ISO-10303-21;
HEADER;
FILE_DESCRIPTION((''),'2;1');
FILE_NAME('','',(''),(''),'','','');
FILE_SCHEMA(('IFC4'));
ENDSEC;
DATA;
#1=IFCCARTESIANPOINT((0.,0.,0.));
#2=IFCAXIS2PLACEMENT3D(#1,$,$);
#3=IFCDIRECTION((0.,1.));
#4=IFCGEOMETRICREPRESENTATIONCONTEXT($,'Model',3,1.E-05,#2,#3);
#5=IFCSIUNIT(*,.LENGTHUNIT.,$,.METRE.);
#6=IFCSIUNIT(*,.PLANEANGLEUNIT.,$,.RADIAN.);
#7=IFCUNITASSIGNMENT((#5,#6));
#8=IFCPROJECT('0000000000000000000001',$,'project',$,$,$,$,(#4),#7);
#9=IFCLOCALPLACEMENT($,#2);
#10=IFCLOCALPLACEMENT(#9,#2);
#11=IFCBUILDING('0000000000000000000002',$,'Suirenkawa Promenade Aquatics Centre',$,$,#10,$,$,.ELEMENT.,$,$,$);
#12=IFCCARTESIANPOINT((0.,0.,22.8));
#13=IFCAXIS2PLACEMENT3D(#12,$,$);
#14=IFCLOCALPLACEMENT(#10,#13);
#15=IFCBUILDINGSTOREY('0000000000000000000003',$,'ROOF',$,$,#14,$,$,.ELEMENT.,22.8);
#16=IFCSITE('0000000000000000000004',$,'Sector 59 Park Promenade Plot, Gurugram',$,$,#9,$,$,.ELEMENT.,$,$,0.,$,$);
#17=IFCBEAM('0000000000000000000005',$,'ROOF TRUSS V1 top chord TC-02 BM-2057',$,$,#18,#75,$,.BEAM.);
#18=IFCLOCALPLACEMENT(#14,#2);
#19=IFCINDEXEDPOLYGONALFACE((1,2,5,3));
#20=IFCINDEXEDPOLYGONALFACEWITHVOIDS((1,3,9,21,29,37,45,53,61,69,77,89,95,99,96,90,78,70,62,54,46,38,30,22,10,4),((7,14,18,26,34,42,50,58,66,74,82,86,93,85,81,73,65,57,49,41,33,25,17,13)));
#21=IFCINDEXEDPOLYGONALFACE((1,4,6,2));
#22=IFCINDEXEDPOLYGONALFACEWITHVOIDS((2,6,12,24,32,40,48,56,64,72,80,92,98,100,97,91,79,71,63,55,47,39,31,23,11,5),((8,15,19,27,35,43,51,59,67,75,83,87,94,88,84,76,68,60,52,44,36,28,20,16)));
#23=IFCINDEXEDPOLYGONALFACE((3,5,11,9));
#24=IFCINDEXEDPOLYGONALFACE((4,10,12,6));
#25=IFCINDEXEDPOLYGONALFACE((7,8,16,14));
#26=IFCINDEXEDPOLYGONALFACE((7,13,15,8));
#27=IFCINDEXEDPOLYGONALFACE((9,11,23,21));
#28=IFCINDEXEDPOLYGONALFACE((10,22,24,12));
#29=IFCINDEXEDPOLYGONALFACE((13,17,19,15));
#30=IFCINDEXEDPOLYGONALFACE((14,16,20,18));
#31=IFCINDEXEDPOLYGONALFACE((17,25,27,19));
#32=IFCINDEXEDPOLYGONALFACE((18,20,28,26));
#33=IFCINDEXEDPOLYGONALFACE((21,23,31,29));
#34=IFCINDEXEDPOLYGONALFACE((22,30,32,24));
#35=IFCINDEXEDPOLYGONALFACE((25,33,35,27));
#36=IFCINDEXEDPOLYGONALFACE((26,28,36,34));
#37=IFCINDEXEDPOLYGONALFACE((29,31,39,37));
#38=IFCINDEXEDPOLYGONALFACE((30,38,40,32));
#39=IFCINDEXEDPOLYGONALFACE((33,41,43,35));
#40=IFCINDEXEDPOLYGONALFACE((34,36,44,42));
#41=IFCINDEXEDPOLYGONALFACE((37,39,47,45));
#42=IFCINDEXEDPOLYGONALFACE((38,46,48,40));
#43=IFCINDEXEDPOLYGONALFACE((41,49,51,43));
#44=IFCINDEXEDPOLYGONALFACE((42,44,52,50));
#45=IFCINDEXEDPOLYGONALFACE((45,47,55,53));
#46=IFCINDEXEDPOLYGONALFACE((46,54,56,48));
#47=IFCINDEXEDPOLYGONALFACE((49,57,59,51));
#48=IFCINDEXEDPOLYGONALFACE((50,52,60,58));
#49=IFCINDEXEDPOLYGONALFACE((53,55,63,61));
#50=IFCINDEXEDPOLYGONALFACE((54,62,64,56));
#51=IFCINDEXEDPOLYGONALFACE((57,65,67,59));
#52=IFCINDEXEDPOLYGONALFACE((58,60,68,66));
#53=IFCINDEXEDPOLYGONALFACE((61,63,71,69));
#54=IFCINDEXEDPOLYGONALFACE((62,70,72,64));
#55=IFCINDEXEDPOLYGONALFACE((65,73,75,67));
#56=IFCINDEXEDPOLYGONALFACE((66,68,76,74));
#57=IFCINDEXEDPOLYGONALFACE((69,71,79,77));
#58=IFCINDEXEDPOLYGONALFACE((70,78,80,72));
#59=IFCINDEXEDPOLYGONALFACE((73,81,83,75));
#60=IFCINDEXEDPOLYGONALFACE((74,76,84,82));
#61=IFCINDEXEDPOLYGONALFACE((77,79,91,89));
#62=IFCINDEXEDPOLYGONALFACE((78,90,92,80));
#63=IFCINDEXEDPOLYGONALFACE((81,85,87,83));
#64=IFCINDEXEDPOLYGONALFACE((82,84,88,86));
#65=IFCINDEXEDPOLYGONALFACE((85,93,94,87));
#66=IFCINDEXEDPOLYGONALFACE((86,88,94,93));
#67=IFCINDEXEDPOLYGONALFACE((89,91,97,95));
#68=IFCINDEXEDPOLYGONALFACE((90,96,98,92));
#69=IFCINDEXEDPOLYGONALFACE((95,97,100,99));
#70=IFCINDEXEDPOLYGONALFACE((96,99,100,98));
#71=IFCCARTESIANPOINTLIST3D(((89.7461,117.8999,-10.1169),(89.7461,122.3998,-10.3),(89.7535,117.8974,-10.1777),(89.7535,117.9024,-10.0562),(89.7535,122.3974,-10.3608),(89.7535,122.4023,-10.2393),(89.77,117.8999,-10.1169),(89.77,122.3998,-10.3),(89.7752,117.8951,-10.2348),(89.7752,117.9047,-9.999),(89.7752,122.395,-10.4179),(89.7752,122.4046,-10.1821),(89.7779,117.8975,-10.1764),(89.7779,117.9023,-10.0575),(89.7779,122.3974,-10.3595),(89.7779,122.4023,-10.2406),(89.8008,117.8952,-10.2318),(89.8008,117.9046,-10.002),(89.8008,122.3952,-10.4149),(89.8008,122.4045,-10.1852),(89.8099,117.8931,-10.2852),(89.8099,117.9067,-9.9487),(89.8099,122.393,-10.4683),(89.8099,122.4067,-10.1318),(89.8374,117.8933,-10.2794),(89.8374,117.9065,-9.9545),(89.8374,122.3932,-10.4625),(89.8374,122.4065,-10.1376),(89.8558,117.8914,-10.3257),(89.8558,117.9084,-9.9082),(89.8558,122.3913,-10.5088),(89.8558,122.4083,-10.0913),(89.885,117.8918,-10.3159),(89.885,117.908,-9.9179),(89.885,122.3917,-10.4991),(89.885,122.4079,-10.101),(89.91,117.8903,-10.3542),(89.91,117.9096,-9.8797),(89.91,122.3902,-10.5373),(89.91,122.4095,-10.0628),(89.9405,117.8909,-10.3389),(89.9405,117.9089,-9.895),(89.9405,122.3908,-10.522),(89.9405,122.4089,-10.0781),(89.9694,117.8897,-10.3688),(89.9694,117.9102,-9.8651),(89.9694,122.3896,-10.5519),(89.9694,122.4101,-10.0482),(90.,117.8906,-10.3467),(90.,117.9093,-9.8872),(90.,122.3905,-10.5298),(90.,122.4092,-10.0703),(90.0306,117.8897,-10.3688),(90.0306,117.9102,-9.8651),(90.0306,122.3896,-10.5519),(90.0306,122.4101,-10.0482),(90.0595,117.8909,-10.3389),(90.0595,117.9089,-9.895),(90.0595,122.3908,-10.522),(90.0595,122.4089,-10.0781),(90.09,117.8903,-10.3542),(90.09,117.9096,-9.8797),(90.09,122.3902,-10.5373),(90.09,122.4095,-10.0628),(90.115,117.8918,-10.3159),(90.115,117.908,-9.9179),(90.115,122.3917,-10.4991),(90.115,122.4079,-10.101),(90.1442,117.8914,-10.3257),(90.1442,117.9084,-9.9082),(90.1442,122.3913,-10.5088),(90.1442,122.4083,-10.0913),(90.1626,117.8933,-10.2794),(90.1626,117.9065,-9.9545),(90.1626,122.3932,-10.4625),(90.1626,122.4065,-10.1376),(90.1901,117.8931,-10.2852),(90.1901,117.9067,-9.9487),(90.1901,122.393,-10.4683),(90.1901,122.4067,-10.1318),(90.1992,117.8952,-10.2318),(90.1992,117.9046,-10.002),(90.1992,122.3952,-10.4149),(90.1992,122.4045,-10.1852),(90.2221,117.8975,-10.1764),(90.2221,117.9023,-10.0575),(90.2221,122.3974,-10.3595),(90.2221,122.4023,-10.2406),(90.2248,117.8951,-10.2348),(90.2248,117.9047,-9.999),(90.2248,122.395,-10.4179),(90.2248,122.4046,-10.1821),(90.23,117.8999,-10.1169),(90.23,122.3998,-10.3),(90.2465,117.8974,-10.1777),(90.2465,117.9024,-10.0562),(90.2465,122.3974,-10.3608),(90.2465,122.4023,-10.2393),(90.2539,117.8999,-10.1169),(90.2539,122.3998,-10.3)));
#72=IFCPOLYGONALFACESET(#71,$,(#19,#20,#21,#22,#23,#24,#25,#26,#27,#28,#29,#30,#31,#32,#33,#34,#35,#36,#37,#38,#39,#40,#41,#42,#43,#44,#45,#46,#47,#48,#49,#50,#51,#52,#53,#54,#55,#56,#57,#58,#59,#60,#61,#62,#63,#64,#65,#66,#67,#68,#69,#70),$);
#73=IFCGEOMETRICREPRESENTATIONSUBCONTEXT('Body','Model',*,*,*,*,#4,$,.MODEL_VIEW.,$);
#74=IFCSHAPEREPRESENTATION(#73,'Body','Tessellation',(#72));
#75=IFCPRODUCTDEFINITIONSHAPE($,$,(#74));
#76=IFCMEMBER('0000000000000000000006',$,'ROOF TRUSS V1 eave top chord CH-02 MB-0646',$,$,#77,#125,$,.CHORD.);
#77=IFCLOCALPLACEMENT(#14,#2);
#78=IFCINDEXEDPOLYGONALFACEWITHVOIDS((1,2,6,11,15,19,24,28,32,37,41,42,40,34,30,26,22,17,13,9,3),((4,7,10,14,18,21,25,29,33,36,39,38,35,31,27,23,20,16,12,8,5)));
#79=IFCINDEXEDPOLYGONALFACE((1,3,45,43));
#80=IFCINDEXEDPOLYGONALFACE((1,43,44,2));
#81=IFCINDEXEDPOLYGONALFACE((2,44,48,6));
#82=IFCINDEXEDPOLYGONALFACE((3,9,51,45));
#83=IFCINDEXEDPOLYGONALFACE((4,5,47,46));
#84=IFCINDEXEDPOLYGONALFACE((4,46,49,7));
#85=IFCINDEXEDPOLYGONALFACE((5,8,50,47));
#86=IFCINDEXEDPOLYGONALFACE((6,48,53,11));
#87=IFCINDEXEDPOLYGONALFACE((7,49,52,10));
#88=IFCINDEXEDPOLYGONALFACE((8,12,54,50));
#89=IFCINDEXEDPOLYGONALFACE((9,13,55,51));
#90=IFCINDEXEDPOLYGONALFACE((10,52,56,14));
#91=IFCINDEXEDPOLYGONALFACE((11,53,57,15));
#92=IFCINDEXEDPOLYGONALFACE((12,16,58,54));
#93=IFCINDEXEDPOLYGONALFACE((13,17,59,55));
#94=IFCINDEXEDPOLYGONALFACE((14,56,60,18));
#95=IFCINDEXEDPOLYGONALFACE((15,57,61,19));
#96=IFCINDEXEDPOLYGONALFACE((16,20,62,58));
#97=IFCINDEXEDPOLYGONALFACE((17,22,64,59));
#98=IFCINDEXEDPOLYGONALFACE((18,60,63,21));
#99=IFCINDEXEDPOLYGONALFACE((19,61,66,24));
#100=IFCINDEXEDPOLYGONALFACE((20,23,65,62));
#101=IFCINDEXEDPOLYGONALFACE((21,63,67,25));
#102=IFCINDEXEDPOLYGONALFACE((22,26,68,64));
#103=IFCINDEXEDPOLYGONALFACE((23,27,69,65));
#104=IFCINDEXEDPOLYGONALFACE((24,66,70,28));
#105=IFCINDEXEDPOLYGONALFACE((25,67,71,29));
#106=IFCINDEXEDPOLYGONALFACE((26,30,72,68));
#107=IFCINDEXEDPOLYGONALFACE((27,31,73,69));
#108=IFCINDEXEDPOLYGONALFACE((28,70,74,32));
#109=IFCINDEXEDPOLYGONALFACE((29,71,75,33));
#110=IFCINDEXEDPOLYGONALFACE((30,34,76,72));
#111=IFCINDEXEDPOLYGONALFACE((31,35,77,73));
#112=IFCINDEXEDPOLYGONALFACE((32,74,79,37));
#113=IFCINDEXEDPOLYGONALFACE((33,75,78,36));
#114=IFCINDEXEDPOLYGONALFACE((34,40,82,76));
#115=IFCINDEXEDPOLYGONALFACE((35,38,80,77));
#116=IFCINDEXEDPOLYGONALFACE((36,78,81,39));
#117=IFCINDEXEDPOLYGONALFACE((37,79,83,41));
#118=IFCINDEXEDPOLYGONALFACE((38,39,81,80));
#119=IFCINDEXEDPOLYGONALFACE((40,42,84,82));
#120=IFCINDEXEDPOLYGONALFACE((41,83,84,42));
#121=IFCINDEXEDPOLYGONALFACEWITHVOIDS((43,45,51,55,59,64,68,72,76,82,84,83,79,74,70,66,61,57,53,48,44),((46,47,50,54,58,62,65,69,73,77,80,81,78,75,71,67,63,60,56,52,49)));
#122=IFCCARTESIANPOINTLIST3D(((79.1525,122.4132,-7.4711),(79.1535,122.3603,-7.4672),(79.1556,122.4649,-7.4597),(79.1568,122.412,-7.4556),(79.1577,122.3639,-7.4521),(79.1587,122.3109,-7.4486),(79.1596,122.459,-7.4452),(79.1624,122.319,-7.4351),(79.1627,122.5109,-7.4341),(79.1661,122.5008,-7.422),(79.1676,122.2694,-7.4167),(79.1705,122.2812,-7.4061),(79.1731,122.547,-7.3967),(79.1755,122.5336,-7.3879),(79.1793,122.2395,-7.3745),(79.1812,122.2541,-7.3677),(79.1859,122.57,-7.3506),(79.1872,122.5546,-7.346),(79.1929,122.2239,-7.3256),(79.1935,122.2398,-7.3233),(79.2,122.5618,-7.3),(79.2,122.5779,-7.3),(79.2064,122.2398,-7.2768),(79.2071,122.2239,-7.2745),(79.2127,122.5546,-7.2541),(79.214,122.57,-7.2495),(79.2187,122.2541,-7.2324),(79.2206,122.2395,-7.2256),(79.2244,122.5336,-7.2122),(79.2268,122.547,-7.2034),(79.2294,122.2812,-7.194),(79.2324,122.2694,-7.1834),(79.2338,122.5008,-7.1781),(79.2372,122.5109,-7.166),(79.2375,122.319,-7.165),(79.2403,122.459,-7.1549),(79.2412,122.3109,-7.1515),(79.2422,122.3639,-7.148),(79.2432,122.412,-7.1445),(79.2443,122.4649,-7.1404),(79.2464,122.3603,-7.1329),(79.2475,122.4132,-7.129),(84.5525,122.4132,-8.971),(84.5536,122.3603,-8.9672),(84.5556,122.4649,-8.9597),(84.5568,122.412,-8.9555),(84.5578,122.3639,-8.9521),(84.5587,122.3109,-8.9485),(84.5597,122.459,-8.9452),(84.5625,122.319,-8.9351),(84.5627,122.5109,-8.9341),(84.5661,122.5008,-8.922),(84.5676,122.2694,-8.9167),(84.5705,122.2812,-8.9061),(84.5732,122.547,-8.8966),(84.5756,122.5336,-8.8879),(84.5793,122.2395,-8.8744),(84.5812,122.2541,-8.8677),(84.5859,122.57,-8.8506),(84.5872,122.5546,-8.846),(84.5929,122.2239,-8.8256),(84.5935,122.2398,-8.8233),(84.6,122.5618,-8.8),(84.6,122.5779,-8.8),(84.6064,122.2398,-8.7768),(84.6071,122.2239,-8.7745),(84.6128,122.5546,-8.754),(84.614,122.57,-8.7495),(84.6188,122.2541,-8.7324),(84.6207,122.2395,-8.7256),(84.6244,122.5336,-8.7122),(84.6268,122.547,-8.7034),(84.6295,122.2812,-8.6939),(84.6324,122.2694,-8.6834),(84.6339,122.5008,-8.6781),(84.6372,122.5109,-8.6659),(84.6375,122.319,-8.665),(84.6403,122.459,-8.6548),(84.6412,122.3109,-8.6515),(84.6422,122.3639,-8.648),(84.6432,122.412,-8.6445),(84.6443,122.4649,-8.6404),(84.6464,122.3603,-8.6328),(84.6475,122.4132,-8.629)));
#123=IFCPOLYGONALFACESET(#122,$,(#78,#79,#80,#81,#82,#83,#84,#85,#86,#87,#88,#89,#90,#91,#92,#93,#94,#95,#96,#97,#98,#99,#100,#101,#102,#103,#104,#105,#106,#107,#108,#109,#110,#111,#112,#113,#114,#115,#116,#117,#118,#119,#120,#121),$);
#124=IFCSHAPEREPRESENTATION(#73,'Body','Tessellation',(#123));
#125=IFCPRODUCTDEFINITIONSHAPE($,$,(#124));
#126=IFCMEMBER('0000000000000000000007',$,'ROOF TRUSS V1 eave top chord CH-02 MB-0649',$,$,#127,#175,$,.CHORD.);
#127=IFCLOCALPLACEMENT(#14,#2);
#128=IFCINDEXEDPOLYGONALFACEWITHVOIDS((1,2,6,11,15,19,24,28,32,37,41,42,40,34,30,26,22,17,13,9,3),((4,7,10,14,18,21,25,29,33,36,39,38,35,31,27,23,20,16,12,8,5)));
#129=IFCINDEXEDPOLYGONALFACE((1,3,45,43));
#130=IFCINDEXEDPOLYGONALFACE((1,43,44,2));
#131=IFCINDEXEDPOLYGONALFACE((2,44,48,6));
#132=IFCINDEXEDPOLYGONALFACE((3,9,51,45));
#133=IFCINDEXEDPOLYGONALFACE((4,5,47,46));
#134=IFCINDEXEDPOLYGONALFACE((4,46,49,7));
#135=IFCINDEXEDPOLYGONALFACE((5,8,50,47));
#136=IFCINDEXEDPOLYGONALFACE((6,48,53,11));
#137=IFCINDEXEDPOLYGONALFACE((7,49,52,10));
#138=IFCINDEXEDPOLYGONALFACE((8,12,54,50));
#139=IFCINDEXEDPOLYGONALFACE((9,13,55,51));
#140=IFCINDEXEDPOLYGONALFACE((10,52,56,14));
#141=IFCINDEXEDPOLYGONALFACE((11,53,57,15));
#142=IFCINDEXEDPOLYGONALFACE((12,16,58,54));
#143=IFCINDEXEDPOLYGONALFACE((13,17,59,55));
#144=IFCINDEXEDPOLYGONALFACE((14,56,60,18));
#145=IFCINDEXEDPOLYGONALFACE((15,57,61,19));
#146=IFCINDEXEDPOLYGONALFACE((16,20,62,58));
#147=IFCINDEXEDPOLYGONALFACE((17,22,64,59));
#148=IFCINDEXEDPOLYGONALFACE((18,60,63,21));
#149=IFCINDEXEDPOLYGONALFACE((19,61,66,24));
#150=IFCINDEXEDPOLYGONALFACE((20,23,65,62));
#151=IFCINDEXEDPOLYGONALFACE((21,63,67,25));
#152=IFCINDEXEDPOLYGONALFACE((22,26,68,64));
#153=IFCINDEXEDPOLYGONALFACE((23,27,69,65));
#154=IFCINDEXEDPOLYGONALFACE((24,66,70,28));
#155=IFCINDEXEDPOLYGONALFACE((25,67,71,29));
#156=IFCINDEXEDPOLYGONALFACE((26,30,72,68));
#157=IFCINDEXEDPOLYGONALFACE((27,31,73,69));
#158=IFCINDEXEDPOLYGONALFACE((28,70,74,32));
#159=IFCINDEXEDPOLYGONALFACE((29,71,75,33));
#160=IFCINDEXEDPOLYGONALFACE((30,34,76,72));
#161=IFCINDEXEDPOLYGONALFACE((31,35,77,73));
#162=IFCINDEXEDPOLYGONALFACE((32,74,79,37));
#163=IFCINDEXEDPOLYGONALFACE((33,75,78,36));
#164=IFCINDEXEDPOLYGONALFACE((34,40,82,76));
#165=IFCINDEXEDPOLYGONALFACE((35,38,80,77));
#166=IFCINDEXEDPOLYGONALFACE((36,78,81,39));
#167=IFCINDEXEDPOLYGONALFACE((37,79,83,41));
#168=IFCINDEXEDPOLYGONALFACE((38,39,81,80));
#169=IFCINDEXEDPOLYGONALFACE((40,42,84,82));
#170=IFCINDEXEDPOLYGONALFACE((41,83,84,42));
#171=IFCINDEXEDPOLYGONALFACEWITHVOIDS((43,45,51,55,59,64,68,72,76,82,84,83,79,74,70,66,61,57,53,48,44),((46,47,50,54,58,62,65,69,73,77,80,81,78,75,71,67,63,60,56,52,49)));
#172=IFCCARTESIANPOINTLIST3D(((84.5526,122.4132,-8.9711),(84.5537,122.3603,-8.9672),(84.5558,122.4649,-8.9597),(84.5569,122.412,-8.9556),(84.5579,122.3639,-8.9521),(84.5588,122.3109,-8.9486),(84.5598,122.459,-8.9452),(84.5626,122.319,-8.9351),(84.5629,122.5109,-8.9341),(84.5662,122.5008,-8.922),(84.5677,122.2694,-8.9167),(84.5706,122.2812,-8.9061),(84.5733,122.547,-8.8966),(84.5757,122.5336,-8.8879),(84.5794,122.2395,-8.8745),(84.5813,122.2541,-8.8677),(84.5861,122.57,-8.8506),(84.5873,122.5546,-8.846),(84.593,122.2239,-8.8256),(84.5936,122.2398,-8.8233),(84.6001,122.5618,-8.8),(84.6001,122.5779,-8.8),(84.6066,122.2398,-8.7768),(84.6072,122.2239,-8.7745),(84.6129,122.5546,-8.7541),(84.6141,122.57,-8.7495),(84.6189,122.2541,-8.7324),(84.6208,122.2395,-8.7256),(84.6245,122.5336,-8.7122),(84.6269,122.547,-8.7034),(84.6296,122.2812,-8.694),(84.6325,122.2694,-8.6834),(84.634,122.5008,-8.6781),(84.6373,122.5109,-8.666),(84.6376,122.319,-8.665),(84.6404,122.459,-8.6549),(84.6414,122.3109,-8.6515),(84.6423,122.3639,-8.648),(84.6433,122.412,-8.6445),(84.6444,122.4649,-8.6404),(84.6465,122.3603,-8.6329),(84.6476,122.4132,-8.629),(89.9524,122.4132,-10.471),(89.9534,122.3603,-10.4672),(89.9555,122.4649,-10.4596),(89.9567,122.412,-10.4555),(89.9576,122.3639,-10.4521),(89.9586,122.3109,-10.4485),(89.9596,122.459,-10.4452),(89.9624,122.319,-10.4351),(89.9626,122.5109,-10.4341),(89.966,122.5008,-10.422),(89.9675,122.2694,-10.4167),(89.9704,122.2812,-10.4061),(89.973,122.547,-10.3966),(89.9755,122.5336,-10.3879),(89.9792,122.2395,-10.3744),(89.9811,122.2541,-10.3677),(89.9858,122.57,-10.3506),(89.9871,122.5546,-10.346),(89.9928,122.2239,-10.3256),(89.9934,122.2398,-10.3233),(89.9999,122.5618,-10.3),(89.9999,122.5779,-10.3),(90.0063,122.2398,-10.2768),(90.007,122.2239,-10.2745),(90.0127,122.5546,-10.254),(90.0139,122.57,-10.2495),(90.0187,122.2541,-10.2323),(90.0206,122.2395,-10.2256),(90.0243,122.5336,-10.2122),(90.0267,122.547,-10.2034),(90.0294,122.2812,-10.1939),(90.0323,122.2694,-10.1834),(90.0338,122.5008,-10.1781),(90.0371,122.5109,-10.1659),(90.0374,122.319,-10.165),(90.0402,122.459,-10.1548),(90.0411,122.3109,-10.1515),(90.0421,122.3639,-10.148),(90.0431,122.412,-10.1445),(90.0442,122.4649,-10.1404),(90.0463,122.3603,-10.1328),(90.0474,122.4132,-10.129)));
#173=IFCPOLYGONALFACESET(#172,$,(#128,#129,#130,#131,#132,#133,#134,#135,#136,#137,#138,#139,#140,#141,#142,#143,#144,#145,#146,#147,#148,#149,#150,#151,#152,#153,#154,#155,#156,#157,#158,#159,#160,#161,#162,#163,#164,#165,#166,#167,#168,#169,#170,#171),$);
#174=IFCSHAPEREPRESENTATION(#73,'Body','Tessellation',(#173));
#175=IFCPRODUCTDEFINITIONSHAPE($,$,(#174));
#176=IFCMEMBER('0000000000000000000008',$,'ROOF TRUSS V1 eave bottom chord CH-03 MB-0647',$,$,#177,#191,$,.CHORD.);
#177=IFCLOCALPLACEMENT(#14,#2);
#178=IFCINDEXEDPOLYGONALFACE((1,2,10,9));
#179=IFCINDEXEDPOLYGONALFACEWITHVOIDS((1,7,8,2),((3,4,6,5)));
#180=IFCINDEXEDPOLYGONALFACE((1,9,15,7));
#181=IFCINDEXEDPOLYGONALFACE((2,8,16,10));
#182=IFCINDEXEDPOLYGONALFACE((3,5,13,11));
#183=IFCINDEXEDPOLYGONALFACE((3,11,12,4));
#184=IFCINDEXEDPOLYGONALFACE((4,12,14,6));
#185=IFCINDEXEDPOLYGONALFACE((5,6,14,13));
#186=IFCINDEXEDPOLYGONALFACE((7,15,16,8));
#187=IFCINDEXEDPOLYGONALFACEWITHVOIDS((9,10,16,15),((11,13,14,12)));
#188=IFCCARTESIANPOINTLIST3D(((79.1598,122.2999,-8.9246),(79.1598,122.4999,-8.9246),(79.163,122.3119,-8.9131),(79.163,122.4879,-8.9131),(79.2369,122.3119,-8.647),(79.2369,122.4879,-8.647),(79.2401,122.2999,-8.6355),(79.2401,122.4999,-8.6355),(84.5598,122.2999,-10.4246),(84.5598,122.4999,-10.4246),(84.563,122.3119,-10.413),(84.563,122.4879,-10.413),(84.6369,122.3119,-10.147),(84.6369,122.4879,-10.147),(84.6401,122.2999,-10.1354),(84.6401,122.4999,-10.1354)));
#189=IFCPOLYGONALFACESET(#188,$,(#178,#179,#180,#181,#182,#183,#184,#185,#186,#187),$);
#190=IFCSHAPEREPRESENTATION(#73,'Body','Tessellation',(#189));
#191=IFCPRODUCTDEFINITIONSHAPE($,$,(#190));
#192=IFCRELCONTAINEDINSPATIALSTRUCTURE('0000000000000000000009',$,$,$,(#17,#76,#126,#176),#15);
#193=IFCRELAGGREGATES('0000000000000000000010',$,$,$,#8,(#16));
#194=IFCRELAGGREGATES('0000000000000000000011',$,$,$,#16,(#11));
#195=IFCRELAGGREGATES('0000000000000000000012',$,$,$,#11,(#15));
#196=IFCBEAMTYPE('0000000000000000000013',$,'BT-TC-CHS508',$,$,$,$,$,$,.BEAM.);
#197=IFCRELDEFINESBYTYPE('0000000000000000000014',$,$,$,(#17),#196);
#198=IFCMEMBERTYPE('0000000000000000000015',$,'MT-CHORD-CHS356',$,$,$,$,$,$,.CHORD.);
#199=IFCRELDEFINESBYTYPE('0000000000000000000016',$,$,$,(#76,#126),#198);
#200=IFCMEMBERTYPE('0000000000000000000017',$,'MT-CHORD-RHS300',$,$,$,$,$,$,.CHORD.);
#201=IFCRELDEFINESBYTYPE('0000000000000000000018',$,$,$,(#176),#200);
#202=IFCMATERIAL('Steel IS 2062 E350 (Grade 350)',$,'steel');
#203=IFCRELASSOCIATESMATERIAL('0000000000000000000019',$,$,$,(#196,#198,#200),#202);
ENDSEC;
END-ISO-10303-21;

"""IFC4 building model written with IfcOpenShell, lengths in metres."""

from ifc_helpers import new_model, si_unit, direction, frame, origin, origin_2d, place, context, subcontext, project, spatial, hollow_rectangle, hollow_circle, extrude, material, material_profile, profile_set, type_object, element, save


model = new_model("IFC4")

# Units and contexts
model_context = context("Model", 3, precision=1e-05, world=origin(), true_north=direction((0.0, 1.0)))
body_context = subcontext(model_context, "Body", "Model", "MODEL_VIEW")
ifc_project = project(units=[si_unit("LENGTHUNIT", "METRE"), si_unit("PLANEANGLEUNIT", "RADIAN")], contexts=[model_context])

# Site, building, storey
site_placement = place(None, origin())
site = spatial("IfcSite", under=ifc_project, at=site_placement, Name="Sector 59 Park Promenade Plot, Gurugram", CompositionType="ELEMENT", RefElevation=0.0)
building_placement = place(site_placement, origin())
building = spatial("IfcBuilding", under=site, at=building_placement, Name="Suirenkawa Promenade Aquatics Centre", CompositionType="ELEMENT")
storey_placement = place(building_placement, frame((0.0, 0.0, 22.8)))
storey = spatial("IfcBuildingStorey", under=building, at=storey_placement, Name="ROOF", CompositionType="ELEMENT", Elevation=22.8)

# Beam
ifc_material = material(Name="Steel IS 2062 E350 (Grade 350)", Category="steel")
ifc_material_profile_1 = material_profile(ifc_material, hollow_circle(Radius=0.2539, WallThickness=0.0239, at=origin_2d()), Name="CHS 508x24", Category="steel")
ifc_profile_set_1 = profile_set([ifc_material_profile_1], Name="Steel IS 2062 E350 (Grade 350)")
beam_type_1 = type_object("IfcBeamType", Name="BT-TC-CHS508", PredefinedType="BEAM", material=ifc_profile_set_1)
for number, where, z_axis, x_axis, name in (
    (1, (90.0, 117.8999, -10.1169), (0.0, 0.999173, -0.040656), (-1.0, 0.0, 0.0), "ROOF TRUSS V1 top chord TC-02 BM-2057"),
):
    element("IfcBeam", number, at=place(storey_placement, frame(where, z_axis=z_axis, x_axis=x_axis)), inside=storey, type_object=beam_type_1, Name=name, PredefinedType="BEAM", context=body_context, shape_type="SweptSolid", body=[
        extrude(hollow_circle(Radius=0.2539, WallThickness=0.0239, at=origin_2d()), origin(), (0.0, 0.0, 1.0), 4.5037),
    ])

# Members
ifc_material_profile_2 = material_profile(ifc_material, hollow_circle(Radius=0.178, WallThickness=0.0161, at=origin_2d()), Name="CHS 356x16", Category="steel")
ifc_profile_set_2 = profile_set([ifc_material_profile_2], Name="Steel IS 2062 E350 (Grade 350)")
member_type_1 = type_object("IfcMemberType", Name="MT-CHORD-CHS356", PredefinedType="CHORD", material=ifc_profile_set_2)
member_1_placement = place(storey_placement, frame((79.2, 122.3999, -7.3), z_axis=(0.96352, 0.0, -0.267637), x_axis=(0.0, 1.0, 0.0)))
element("IfcMember", 2, at=member_1_placement, inside=storey, type_object=member_type_1, Name="ROOF TRUSS V1 eave top chord CH-02 MB-0646", PredefinedType="CHORD", context=body_context, shape_type="SweptSolid", body=[
    extrude(hollow_circle(Radius=0.178, WallThickness=0.0161, at=origin_2d()), origin(), (0.0, 0.0, 1.0), 5.6045),
])
member_2_placement = place(storey_placement, frame((84.6001, 122.3999, -8.8), z_axis=(0.963517, 0.0, -0.267648), x_axis=(0.0, 1.0, 0.0)))
element("IfcMember", 3, at=member_2_placement, inside=storey, type_object=member_type_1, Name="ROOF TRUSS V1 eave top chord CH-02 MB-0649", PredefinedType="CHORD", context=body_context, shape_type="SweptSolid", body=[
    extrude(hollow_circle(Radius=0.178, WallThickness=0.0161, at=origin_2d()), origin(), (0.0, 0.0, 1.0), 5.6042),
])
ifc_material_profile_3 = material_profile(ifc_material, hollow_rectangle(XDim=0.2, YDim=0.3, WallThickness=0.012, at=origin_2d()), Name="RHS 300x200x12", Category="steel")
ifc_profile_set_3 = profile_set([ifc_material_profile_3], Name="Steel IS 2062 E350 (Grade 350)")
member_type_2 = type_object("IfcMemberType", Name="MT-CHORD-RHS300", PredefinedType="CHORD", material=ifc_profile_set_3)
member_3_placement = place(storey_placement, frame((79.2, 122.3999, -8.78), z_axis=(0.96352, 0.0, -0.267637), x_axis=(0.0, 1.0, 0.0)))
element("IfcMember", 4, at=member_3_placement, inside=storey, type_object=member_type_2, Name="ROOF TRUSS V1 eave bottom chord CH-03 MB-0647", PredefinedType="CHORD", context=body_context, shape_type="SweptSolid", body=[
    extrude(hollow_rectangle(XDim=0.2, YDim=0.3, WallThickness=0.012, at=origin_2d()), origin(), (0.0, 0.0, 1.0), 5.6045),
])

save(model, "model.ifc")
